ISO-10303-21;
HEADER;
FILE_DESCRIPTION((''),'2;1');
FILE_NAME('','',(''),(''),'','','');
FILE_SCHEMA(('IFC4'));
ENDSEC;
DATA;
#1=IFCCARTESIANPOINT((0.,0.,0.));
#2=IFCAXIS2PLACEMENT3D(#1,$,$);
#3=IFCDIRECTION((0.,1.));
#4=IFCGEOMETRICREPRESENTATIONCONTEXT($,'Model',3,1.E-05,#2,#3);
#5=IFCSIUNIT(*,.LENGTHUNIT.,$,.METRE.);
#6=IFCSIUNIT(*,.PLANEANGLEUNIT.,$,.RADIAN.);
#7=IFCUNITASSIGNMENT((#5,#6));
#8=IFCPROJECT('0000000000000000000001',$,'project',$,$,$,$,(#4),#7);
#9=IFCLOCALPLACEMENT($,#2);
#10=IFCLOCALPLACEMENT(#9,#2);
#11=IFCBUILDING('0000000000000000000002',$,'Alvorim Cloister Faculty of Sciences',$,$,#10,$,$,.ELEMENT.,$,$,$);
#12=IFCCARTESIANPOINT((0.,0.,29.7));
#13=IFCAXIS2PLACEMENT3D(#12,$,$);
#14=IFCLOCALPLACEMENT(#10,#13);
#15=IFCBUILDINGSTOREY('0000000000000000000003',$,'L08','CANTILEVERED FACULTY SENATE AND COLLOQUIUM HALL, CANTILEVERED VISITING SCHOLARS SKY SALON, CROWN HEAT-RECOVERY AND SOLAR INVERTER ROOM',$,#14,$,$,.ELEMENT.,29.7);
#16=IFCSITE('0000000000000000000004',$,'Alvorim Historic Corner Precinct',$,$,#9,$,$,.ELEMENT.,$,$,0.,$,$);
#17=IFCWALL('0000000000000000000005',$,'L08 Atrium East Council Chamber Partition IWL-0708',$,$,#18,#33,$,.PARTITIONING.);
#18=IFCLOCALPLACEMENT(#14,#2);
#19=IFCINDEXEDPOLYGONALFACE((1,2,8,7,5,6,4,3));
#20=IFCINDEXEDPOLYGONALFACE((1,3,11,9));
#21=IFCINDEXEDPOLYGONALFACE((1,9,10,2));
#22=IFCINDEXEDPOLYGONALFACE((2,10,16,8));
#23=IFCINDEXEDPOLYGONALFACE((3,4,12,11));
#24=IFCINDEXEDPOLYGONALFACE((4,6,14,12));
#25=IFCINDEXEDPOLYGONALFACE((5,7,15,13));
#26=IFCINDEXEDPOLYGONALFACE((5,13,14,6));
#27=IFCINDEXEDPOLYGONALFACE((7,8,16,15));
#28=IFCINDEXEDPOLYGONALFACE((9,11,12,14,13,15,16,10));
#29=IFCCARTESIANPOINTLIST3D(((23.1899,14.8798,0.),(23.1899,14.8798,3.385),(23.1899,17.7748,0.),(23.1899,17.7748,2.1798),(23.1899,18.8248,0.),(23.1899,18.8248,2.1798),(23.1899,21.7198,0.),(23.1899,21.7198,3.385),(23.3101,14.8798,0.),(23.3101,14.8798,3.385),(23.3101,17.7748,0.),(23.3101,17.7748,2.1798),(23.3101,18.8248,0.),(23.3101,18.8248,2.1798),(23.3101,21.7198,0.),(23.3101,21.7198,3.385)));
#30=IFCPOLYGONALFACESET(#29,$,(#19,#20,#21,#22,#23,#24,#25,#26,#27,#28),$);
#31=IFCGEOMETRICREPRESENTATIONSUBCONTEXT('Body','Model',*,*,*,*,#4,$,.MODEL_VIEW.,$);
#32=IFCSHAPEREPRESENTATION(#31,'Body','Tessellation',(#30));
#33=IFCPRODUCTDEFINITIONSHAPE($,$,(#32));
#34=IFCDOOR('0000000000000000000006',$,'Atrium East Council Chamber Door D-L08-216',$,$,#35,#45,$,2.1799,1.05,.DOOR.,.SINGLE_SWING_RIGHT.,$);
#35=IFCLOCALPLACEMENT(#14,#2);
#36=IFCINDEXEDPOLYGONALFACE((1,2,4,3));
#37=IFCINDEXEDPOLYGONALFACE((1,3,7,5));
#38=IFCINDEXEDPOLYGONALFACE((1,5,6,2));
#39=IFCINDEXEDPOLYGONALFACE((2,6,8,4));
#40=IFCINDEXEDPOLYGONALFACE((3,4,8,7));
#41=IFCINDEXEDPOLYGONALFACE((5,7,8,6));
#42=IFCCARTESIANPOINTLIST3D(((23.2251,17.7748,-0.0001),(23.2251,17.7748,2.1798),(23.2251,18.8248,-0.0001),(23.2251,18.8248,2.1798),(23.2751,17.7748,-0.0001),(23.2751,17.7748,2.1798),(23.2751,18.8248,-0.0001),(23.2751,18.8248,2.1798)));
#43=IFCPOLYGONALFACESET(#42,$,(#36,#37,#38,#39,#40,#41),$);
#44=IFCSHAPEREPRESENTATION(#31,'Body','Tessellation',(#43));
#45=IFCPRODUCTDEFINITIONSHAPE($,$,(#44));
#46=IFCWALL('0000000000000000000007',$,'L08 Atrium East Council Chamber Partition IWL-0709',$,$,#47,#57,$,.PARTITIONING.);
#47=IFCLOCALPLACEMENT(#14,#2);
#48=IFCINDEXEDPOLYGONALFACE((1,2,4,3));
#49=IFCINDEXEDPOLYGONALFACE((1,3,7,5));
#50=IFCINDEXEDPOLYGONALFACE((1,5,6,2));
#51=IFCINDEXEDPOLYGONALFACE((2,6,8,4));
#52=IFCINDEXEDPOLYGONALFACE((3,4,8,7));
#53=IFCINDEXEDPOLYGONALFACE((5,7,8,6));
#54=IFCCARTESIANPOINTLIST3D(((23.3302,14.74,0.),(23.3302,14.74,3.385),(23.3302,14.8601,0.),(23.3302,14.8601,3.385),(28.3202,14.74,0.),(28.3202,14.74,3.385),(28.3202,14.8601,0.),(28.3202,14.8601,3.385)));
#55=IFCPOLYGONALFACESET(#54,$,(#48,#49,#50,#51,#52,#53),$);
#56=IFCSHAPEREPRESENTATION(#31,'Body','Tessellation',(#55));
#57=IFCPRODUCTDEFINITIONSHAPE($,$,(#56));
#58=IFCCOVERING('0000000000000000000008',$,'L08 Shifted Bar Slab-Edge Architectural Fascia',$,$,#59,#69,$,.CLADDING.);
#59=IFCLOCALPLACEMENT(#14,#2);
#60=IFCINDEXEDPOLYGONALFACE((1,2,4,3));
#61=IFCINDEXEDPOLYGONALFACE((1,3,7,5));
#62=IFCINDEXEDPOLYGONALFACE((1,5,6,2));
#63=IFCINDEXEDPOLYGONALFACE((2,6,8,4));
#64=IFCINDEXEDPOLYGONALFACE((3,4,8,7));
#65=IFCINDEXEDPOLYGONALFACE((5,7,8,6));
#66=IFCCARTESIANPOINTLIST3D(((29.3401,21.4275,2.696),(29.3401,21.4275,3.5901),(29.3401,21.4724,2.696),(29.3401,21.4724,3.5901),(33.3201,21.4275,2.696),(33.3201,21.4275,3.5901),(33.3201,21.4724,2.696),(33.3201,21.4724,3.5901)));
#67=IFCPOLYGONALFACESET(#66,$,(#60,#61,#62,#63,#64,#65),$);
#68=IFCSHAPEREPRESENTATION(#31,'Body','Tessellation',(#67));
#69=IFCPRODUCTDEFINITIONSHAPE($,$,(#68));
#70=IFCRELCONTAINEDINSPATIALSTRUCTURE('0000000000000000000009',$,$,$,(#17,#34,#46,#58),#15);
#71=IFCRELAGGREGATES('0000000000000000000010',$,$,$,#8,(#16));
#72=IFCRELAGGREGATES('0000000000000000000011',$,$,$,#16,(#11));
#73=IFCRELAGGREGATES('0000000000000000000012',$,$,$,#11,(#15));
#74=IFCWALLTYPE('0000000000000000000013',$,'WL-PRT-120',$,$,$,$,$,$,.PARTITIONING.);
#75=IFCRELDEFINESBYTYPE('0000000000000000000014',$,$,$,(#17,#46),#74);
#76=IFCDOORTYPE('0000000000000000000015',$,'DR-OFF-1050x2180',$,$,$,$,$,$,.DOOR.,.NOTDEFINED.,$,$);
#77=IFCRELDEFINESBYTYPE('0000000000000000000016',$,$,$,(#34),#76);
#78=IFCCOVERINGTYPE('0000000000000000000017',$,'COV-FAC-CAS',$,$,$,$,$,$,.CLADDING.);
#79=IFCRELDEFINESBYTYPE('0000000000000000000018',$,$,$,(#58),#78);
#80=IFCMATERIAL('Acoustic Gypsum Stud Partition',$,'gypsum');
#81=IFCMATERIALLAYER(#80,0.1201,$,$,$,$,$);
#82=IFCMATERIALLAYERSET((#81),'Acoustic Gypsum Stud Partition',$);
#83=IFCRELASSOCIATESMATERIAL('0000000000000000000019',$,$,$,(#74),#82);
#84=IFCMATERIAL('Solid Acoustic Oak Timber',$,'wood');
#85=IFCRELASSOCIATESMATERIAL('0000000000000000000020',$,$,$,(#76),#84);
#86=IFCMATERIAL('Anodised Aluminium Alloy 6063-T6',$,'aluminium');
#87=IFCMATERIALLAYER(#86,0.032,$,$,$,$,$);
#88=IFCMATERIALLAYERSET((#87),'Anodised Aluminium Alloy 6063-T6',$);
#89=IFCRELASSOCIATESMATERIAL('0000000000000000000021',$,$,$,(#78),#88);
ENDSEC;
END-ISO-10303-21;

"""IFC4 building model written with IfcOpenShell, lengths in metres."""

from ifc_helpers import new_model, si_unit, direction, frame, frame_2d, origin, place, context, subcontext, project, spatial, polyline, rectangle, outline, extrude, material, layer, layer_set, type_object, element, fill, save


model = new_model("IFC4")

# Units and contexts
model_context = context("Model", 3, precision=1e-05, world=origin(), true_north=direction((0.0, 1.0)))
body_context = subcontext(model_context, "Body", "Model", "MODEL_VIEW")
ifc_project = project(units=[si_unit("LENGTHUNIT", "METRE"), si_unit("PLANEANGLEUNIT", "RADIAN")], contexts=[model_context])

# Site, building, storey
site_placement = place(None, origin())
site = spatial("IfcSite", under=ifc_project, at=site_placement, Name="Alvorim Historic Corner Precinct", CompositionType="ELEMENT", RefElevation=0.0)
building_placement = place(site_placement, origin())
building = spatial("IfcBuilding", under=site, at=building_placement, Name="Alvorim Cloister Faculty of Sciences", CompositionType="ELEMENT")
storey_placement = place(building_placement, frame((0.0, 0.0, 29.7)))
storey = spatial("IfcBuildingStorey", under=building, at=storey_placement, Name="L08", Description="CANTILEVERED FACULTY SENATE AND COLLOQUIUM HALL, CANTILEVERED VISITING SCHOLARS SKY SALON, CROWN HEAT-RECOVERY AND SOLAR INVERTER ROOM", CompositionType="ELEMENT", Elevation=29.7)

# Wall, opening, door
ifc_material_1 = material(Name="Acoustic Gypsum Stud Partition", Category="gypsum")
ifc_layer_1 = layer(ifc_material_1, 0.1201)
ifc_layer_set_1 = layer_set([ifc_layer_1], Name="Acoustic Gypsum Stud Partition")
wall_type_1 = type_object("IfcWallType", Name="WL-PRT-120", PredefinedType="PARTITIONING", material=ifc_layer_set_1)
wall_1_placement = place(storey_placement, frame((23.25, 14.8799, 0.0), z_axis=(0.0, 0.0, 1.0), x_axis=(0.0, 1.0, 0.0)))
wall_1 = element("IfcWall", 1, at=wall_1_placement, inside=storey, type_object=wall_type_1, Name="L08 Atrium East Council Chamber Partition IWL-0708", PredefinedType="PARTITIONING", context=body_context, shape_type="SweptSolid", body=[
    extrude(rectangle(XDim=6.8401, YDim=0.1201, at=frame_2d((3.4199, 0.0))), origin(), (0.0, 0.0, 1.0), 3.385),
])
opening_1_placement = place(wall_1_placement, frame((2.895, 0.0, 0.0)))
opening_1 = element("IfcOpeningElement", 2, at=opening_1_placement, cuts=wall_1, PredefinedType="OPENING", context=body_context, shape_type="SweptSolid", body=[
    extrude(rectangle(XDim=1.05, YDim=2.1799, at=frame_2d((0.5249, 1.0898))), frame((0.0, 0.072, 0.0), z_axis=(0.0, -1.0, 0.0), x_axis=(1.0, 0.0, 0.0)), (0.0, 0.0, 1.0), 0.144),
])
ifc_material_2 = material(Name="Solid Acoustic Oak Timber", Category="wood")
door_type = type_object("IfcDoorType", Name="DR-OFF-1050x2180", OperationType="NOTDEFINED", PredefinedType="DOOR", material=ifc_material_2)
door_placement = place(opening_1_placement, origin())
door = element("IfcDoor", 3, at=door_placement, inside=storey, type_object=door_type, Name="Atrium East Council Chamber Door D-L08-216", OperationType="SINGLE_SWING_RIGHT", OverallHeight=2.1799, OverallWidth=1.05, PredefinedType="DOOR", context=body_context, shape_type="SweptSolid", body=[
    extrude(rectangle(XDim=1.05, YDim=2.1799, at=frame_2d((0.5249, 1.0898))), frame((0.0, 0.0249, 0.0), z_axis=(0.0, -1.0, 0.0), x_axis=(1.0, 0.0, 0.0)), (0.0, 0.0, 1.0), 0.05),
])
fill(opening_1, door)

# Wall
wall_2_placement = place(storey_placement, frame((23.3301, 14.8, 0.0), z_axis=(0.0, 0.0, 1.0), x_axis=(1.0, 0.0, 0.0)))
element("IfcWall", 4, at=wall_2_placement, inside=storey, type_object=wall_type_1, Name="L08 Atrium East Council Chamber Partition IWL-0709", PredefinedType="PARTITIONING", context=body_context, shape_type="SweptSolid", body=[
    extrude(rectangle(XDim=4.99, YDim=0.1201, at=frame_2d((2.4951, 0.0))), origin(), (0.0, 0.0, 1.0), 3.385),
])

# Covering
ifc_material_3 = material(Name="Anodised Aluminium Alloy 6063-T6", Category="aluminium")
ifc_layer_2 = layer(ifc_material_3, 0.032)
ifc_layer_set_2 = layer_set([ifc_layer_2], Name="Anodised Aluminium Alloy 6063-T6")
covering_type = type_object("IfcCoveringType", Name="COV-FAC-CAS", PredefinedType="CLADDING", material=ifc_layer_set_2)
covering_placement = place(storey_placement, frame((29.3401, 21.45, 2.696), z_axis=(0.0, 0.0, 1.0), x_axis=(1.0, 0.0, 0.0)))
element("IfcCovering", 5, at=covering_placement, inside=storey, type_object=covering_type, Name="L08 Shifted Bar Slab-Edge Architectural Fascia", PredefinedType="CLADDING", context=body_context, shape_type="SweptSolid", body=[
    extrude(outline(polyline([(0.0, 0.0), (3.98, 0.0), (3.98, 0.894), (0.0, 0.894), (0.0, 0.0)])), frame((0.0, 0.0225, 0.0), z_axis=(0.0, -1.0, 0.0), x_axis=(1.0, 0.0, 0.0)), (0.0, 0.0, 1.0), 0.0449),
])

save(model, "model.ifc")
